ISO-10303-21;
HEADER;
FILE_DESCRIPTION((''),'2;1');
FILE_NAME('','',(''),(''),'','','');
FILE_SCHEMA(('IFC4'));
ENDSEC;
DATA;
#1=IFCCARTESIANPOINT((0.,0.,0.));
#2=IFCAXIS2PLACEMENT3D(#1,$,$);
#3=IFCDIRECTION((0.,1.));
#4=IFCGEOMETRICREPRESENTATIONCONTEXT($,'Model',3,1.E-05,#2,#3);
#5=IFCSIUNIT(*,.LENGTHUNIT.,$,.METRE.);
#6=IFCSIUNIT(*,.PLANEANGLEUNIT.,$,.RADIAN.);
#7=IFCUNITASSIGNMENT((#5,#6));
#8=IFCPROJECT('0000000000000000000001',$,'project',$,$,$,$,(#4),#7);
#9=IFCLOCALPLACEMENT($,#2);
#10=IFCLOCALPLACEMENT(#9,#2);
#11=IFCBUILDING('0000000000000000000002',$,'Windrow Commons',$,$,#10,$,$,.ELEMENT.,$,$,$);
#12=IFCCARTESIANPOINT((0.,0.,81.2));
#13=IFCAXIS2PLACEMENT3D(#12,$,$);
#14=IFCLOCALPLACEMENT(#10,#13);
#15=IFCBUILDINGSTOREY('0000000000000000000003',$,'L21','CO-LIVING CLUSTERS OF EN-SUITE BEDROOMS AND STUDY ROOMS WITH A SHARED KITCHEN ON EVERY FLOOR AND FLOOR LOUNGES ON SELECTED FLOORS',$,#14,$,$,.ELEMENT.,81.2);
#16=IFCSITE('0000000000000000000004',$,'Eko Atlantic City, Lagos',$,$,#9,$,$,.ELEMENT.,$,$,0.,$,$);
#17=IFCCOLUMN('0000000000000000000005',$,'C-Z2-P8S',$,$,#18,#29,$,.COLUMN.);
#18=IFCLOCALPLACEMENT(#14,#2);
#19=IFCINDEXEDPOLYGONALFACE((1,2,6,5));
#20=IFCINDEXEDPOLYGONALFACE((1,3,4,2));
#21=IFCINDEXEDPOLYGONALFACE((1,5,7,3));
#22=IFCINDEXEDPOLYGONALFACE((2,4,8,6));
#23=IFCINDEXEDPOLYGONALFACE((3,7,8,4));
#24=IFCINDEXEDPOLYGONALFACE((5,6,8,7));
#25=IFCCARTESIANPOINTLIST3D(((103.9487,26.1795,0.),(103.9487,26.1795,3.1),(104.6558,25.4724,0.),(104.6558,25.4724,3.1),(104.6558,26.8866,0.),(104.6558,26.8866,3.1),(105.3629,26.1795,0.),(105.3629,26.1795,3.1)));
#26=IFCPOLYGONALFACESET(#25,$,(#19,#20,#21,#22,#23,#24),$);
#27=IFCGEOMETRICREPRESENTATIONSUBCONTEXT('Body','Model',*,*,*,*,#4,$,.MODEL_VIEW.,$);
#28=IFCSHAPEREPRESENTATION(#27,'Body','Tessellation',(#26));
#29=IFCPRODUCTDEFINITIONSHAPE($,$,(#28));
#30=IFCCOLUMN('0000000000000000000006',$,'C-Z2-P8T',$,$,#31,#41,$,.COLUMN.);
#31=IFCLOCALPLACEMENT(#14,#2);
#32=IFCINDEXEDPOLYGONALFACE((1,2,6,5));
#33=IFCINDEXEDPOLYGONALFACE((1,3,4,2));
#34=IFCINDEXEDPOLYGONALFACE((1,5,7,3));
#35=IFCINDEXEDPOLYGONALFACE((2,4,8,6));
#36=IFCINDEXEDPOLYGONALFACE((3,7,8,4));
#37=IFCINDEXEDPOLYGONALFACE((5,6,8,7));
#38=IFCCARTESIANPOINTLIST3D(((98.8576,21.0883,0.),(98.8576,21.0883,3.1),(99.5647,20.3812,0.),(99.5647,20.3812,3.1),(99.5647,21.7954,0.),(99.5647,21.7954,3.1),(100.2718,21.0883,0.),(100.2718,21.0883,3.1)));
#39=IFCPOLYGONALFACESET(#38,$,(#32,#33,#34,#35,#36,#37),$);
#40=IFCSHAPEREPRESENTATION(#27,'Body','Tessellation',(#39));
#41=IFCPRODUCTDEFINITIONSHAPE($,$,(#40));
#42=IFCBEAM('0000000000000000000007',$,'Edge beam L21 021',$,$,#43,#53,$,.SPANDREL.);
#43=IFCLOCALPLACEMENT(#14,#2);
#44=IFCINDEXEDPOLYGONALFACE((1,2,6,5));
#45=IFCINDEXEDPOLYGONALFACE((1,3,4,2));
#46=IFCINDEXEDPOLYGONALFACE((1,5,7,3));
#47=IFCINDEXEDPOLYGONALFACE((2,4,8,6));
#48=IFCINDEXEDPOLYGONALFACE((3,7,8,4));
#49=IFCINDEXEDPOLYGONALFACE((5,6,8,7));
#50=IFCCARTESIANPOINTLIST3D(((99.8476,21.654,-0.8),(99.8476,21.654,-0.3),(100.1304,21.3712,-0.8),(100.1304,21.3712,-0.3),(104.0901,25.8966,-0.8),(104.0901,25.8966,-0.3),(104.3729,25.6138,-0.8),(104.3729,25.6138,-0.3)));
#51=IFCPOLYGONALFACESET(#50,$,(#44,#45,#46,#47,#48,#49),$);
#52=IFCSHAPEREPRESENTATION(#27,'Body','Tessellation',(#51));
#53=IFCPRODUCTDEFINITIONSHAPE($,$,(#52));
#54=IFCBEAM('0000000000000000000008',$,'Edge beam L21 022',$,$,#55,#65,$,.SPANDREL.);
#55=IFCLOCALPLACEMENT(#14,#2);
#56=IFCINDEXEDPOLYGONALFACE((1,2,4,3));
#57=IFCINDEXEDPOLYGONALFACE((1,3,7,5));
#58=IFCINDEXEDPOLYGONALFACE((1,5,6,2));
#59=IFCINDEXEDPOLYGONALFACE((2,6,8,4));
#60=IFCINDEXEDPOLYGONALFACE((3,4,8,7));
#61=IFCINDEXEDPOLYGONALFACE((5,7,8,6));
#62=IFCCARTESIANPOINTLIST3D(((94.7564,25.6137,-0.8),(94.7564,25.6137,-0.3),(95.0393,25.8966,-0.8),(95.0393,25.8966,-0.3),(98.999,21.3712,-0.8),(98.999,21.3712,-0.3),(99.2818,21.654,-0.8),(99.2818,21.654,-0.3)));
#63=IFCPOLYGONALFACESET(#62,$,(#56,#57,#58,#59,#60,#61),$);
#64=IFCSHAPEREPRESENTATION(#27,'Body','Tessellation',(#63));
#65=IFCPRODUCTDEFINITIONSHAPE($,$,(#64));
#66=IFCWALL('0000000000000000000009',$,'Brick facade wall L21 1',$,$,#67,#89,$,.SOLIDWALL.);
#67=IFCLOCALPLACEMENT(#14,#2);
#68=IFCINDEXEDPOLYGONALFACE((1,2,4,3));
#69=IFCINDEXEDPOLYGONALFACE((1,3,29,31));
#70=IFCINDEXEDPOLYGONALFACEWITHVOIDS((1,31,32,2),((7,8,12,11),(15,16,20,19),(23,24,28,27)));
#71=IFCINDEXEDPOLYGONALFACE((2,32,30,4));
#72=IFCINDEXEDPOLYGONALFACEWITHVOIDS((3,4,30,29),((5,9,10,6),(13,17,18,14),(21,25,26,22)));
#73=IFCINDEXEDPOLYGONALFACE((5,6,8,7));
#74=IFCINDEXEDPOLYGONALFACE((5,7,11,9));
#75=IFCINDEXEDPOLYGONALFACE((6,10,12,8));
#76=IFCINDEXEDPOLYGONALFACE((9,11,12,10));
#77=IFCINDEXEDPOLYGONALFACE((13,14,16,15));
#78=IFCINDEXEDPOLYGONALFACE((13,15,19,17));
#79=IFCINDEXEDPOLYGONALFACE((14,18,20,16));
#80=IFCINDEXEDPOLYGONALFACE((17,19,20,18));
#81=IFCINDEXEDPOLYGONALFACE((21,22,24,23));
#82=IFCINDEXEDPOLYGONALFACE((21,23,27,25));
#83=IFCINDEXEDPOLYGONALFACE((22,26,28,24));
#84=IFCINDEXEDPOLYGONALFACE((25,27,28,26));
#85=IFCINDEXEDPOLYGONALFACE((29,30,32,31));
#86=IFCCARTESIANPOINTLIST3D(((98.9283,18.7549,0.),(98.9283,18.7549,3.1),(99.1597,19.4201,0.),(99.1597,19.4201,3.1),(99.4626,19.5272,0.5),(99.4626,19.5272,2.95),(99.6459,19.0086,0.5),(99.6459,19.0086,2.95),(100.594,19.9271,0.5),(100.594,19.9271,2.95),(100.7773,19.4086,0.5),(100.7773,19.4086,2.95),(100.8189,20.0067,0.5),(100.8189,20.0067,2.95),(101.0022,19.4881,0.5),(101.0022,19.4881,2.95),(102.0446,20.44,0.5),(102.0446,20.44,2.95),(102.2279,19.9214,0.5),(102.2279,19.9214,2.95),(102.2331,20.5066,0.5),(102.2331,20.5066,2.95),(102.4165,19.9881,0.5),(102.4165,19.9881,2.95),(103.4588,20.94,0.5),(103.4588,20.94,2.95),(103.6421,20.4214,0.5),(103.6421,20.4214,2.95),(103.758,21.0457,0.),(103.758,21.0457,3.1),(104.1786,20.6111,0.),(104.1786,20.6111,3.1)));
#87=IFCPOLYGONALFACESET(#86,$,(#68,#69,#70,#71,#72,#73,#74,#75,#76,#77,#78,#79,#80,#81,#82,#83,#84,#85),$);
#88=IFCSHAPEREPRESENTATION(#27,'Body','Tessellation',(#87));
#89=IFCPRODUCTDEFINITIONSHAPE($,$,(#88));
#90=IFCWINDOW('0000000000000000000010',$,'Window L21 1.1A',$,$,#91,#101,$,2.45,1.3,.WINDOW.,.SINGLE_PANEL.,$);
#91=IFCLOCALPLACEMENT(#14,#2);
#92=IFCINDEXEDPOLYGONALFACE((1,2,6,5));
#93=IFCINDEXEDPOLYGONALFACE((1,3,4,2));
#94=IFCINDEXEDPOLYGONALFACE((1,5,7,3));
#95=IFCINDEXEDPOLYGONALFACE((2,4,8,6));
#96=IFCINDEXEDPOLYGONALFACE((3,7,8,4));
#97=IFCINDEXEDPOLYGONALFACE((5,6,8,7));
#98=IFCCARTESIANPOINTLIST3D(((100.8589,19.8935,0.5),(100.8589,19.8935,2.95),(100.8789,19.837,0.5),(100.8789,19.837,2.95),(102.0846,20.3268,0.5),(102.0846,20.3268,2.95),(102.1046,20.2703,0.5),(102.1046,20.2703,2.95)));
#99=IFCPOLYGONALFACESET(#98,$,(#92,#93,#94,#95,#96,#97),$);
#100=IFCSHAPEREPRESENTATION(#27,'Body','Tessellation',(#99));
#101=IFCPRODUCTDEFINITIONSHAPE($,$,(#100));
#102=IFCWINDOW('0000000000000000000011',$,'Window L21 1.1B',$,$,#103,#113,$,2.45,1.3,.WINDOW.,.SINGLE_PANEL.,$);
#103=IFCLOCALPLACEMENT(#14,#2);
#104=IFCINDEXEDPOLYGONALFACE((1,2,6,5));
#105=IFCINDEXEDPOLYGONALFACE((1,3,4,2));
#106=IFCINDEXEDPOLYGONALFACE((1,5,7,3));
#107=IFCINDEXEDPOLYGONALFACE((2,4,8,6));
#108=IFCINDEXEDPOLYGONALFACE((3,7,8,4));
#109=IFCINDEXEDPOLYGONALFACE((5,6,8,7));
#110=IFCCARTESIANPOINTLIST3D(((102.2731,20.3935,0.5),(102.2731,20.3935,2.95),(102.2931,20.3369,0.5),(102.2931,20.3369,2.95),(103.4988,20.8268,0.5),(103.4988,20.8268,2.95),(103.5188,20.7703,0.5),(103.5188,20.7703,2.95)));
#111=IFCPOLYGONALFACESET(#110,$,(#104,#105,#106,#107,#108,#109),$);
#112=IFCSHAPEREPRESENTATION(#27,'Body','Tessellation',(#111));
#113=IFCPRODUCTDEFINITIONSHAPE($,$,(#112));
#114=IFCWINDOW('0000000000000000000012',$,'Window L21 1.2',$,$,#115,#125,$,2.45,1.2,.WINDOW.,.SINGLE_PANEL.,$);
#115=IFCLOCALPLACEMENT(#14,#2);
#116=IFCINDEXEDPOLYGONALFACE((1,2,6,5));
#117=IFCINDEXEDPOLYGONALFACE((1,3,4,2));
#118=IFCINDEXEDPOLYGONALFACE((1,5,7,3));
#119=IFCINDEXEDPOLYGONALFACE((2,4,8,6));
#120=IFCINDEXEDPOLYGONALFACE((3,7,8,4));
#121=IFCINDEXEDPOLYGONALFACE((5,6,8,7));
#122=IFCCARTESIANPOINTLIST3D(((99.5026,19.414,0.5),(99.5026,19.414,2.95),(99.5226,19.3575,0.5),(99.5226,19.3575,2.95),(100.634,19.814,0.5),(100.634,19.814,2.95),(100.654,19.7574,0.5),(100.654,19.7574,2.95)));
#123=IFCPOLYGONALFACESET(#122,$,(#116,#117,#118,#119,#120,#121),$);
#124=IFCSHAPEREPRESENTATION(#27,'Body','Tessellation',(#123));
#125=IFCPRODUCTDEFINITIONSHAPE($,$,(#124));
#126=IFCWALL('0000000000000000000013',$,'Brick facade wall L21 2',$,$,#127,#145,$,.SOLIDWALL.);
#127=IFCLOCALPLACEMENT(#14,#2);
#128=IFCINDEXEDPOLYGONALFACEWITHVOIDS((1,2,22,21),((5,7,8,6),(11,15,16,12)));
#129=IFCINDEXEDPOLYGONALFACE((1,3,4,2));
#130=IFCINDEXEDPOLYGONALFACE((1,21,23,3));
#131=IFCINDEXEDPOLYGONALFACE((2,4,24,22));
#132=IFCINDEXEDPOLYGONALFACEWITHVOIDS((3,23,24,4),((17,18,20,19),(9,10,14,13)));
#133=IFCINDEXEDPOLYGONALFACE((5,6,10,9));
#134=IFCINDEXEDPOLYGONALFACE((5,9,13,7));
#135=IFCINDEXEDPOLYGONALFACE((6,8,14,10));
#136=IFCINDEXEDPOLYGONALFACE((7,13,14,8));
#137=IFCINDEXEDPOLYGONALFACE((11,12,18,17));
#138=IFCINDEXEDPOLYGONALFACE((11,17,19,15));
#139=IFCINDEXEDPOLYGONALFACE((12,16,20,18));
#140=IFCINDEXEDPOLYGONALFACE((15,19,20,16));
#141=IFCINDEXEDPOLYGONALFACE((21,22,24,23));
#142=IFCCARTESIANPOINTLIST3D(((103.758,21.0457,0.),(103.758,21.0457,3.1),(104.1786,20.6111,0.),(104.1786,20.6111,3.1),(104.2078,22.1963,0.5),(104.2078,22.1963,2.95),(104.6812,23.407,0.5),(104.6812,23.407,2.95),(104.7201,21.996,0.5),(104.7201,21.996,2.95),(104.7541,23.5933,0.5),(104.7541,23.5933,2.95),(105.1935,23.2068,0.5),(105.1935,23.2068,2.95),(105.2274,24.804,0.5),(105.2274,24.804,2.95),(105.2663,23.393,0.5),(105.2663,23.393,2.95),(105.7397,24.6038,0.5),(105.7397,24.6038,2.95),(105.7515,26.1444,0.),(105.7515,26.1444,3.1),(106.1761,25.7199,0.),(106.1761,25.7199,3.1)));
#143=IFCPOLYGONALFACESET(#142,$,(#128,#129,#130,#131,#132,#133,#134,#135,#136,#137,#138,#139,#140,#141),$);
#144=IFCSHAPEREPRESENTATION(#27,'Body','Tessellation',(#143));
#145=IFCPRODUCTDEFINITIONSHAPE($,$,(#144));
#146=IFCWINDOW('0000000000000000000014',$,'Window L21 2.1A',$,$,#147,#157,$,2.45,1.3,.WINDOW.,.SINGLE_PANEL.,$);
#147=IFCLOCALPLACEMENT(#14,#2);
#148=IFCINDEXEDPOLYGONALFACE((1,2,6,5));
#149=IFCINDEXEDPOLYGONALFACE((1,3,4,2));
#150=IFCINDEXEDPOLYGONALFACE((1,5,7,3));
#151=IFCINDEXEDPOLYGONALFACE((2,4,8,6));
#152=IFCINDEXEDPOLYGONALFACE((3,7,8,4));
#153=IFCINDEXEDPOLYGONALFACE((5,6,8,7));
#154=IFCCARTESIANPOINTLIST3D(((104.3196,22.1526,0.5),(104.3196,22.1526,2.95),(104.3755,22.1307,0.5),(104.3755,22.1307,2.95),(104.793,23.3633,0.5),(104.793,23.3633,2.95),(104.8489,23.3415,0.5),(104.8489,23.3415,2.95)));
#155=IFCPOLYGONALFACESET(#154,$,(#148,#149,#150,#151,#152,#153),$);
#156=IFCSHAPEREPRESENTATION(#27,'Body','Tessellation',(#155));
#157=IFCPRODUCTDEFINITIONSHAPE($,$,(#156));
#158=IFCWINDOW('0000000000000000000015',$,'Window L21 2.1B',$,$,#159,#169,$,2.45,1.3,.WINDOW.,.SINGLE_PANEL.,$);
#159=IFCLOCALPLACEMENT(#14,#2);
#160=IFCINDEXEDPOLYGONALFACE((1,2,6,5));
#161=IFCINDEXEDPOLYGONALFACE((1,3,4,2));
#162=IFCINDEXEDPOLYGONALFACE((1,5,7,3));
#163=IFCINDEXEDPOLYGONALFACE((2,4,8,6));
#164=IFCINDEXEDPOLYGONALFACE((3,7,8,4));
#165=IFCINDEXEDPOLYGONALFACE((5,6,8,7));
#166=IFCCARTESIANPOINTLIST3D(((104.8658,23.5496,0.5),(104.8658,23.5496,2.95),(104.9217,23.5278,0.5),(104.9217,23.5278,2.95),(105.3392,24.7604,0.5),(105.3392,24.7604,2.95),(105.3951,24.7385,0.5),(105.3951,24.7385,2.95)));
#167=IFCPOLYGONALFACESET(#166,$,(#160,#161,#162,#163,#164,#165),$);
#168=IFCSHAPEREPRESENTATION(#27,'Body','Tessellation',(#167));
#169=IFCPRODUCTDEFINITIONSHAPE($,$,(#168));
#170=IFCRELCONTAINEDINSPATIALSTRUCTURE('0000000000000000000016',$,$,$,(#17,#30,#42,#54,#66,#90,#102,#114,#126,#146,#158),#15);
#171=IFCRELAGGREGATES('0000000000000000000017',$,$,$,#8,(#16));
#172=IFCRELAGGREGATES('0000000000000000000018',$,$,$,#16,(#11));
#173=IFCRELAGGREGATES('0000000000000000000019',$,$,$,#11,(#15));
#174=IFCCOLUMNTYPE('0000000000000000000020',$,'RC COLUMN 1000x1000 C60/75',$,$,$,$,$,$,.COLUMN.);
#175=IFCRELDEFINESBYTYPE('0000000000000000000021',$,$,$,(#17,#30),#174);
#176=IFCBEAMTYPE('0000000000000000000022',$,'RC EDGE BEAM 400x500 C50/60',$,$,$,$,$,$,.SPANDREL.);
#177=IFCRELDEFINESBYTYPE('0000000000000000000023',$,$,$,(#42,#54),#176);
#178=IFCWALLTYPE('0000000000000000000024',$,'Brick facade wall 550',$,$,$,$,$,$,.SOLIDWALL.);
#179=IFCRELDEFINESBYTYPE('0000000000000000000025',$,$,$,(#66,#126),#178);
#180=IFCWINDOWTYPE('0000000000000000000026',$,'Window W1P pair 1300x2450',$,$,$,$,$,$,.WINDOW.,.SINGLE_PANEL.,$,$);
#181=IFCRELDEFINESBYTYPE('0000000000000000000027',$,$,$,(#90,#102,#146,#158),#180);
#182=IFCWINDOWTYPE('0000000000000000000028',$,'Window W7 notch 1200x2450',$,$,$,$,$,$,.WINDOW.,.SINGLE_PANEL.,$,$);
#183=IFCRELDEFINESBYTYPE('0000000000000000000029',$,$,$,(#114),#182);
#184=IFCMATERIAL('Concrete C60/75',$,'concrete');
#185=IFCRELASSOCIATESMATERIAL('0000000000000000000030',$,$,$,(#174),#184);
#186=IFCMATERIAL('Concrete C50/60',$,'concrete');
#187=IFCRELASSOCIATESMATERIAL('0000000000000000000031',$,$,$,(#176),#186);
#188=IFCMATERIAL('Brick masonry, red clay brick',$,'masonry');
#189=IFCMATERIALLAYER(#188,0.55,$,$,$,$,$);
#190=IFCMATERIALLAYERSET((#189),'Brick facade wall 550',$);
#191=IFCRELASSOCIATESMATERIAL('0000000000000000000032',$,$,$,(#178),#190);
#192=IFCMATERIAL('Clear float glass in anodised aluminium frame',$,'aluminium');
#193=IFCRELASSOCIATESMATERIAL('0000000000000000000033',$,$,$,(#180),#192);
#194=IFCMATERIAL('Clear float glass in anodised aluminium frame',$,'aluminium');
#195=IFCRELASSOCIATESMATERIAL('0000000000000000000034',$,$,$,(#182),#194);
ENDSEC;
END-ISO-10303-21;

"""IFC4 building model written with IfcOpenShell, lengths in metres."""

from ifc_helpers import new_model, si_unit, direction, frame, frame_2d, origin, origin_2d, place, context, subcontext, project, spatial, polyline, rectangle, outline, extrude, material, layer, layer_set, material_profile, profile_set, type_object, element, fill, save


model = new_model("IFC4")

# Units and contexts
model_context = context("Model", 3, precision=1e-05, world=origin(), true_north=direction((0.0, 1.0)))
body_context = subcontext(model_context, "Body", "Model", "MODEL_VIEW")
ifc_project = project(units=[si_unit("LENGTHUNIT", "METRE"), si_unit("PLANEANGLEUNIT", "RADIAN")], contexts=[model_context])

# Site, building, storey
site_placement = place(None, origin())
site = spatial("IfcSite", under=ifc_project, at=site_placement, Name="Eko Atlantic City, Lagos", CompositionType="ELEMENT", RefElevation=0.0)
building_placement = place(site_placement, origin())
building = spatial("IfcBuilding", under=site, at=building_placement, Name="Windrow Commons", CompositionType="ELEMENT")
storey_placement = place(building_placement, frame((0.0, 0.0, 81.2)))
storey = spatial("IfcBuildingStorey", under=building, at=storey_placement, Name="L21", Description="CO-LIVING CLUSTERS OF EN-SUITE BEDROOMS AND STUDY ROOMS WITH A SHARED KITCHEN ON EVERY FLOOR AND FLOOR LOUNGES ON SELECTED FLOORS", CompositionType="ELEMENT", Elevation=81.2)

# Columns
ifc_material_1 = material(Name="Concrete C60/75", Category="concrete")
ifc_material_profile_1 = material_profile(ifc_material_1, rectangle(XDim=1.0, YDim=1.0, at=origin_2d()))
ifc_profile_set_1 = profile_set([ifc_material_profile_1], Name="Concrete C60/75")
column_type = type_object("IfcColumnType", Name="RC COLUMN 1000x1000 C60/75", PredefinedType="COLUMN", material=ifc_profile_set_1)
for number, where, z_axis, x_axis, name in (
    (1, (104.6558, 26.1795, 0.0), (0.0, 0.0, 1.0), (0.707107, -0.707107, 0.0), "C-Z2-P8S"),
    (2, (99.5647, 21.0883, 0.0), (0.0, 0.0, 1.0), (0.707107, -0.707107, 0.0), "C-Z2-P8T"),
):
    element("IfcColumn", number, at=place(storey_placement, frame(where, z_axis=z_axis, x_axis=x_axis)), inside=storey, type_object=column_type, Name=name, PredefinedType="COLUMN", context=body_context, shape_type="SweptSolid", body=[
        extrude(rectangle(XDim=1.0, YDim=1.0, at=origin_2d()), origin(), (0.0, 0.0, 1.0), 3.1),
    ])

# Beams
ifc_material_2 = material(Name="Concrete C50/60", Category="concrete")
ifc_material_profile_2 = material_profile(ifc_material_2, rectangle(XDim=0.4, YDim=0.5, at=origin_2d()))
ifc_profile_set_2 = profile_set([ifc_material_profile_2], Name="Concrete C50/60")
beam_type = type_object("IfcBeamType", Name="RC EDGE BEAM 400x500 C50/60", PredefinedType="SPANDREL", material=ifc_profile_set_2)
for number, where, z_axis, x_axis, name in (
    (3, (104.2315, 25.7552, -0.55), (-0.707098, -0.707115, 0.0), (0.707115, -0.707098, 0.0), "Edge beam L21 021"),
    (4, (99.1404, 21.5126, -0.55), (-0.707107, 0.707107, 0.0), (-0.707107, -0.707107, 0.0), "Edge beam L21 022"),
):
    element("IfcBeam", number, at=place(storey_placement, frame(where, z_axis=z_axis, x_axis=x_axis)), inside=storey, type_object=beam_type, Name=name, PredefinedType="SPANDREL", context=body_context, shape_type="SweptSolid", body=[
        extrude(rectangle(XDim=0.4, YDim=0.5, at=origin_2d()), origin(), (0.0, 0.0, 1.0), 5.9999),
    ])

# Walls, openings, windows
ifc_material_3 = material(Name="Brick masonry, red clay brick", Category="masonry")
ifc_layer_1 = layer(ifc_material_3, 0.55)
ifc_layer_set_1 = layer_set([ifc_layer_1], Name="Brick facade wall 550")
wall_type_1 = type_object("IfcWallType", Name="Brick facade wall 550", PredefinedType="SOLIDWALL", material=ifc_layer_set_1)
wall_1_placement = place(storey_placement, frame((99.044, 19.0875, 0.0), z_axis=(0.0, 0.0, 1.0), x_axis=(0.942815, 0.333316, 0.0)))
wall_1 = element("IfcWall", 5, at=wall_1_placement, inside=storey, type_object=wall_type_1, Name="Brick facade wall L21 1", PredefinedType="SOLIDWALL", context=body_context, shape_type="SweptSolid", body=[
    extrude(outline(polyline([(-0.2199, -0.275), (5.3488, -0.275), (5.0971, 0.275), (0.2199, 0.275), (-0.2199, -0.275)])), origin(), (0.0, 0.0, 1.0), 3.1),
])
opening_1_placement = place(wall_1_placement, frame((1.9798, 0.0, 0.5)))
opening_1 = element("IfcOpeningElement", 6, at=opening_1_placement, cuts=wall_1, PredefinedType="OPENING", context=body_context, shape_type="SweptSolid", body=[
    extrude(rectangle(XDim=1.3, YDim=2.45, at=frame_2d((0.65, 1.225))), frame((0.0, 0.285, 0.0), z_axis=(0.0, -1.0, 0.0), x_axis=(1.0, 0.0, 0.0)), (0.0, 0.0, 1.0), 0.57),
])
opening_2_placement = place(wall_1_placement, frame((3.4798, 0.0, 0.5)))
opening_2 = element("IfcOpeningElement", 7, at=opening_2_placement, cuts=wall_1, PredefinedType="OPENING", context=body_context, shape_type="SweptSolid", body=[
    extrude(rectangle(XDim=1.3, YDim=2.45, at=frame_2d((0.65, 1.225))), frame((0.0, 0.285, 0.0), z_axis=(0.0, -1.0, 0.0), x_axis=(1.0, 0.0, 0.0)), (0.0, 0.0, 1.0), 0.57),
])
opening_3_placement = place(wall_1_placement, frame((0.5412, 0.0, 0.5)))
opening_3 = element("IfcOpeningElement", 8, at=opening_3_placement, cuts=wall_1, PredefinedType="OPENING", context=body_context, shape_type="SweptSolid", body=[
    extrude(rectangle(XDim=1.2, YDim=2.45, at=frame_2d((0.6, 1.225))), frame((0.0, 0.285, 0.0), z_axis=(0.0, -1.0, 0.0), x_axis=(1.0, 0.0, 0.0)), (0.0, 0.0, 1.0), 0.57),
])
ifc_material_4 = material(Name="Clear float glass in anodised aluminium frame", Category="aluminium")
window_type_1 = type_object("IfcWindowType", Name="Window W1P pair 1300x2450", PartitioningType="SINGLE_PANEL", PredefinedType="WINDOW", material=ifc_material_4)
window_1_placement = place(opening_1_placement, origin())
window_1 = element("IfcWindow", 9, at=window_1_placement, inside=storey, type_object=window_type_1, Name="Window L21 1.1A", OverallHeight=2.45, OverallWidth=1.3, PartitioningType="SINGLE_PANEL", PredefinedType="WINDOW", context=body_context, shape_type="SweptSolid", body=[
    extrude(rectangle(XDim=1.3, YDim=2.45, at=frame_2d((0.65, 1.225))), frame((0.0, 0.155, 0.0), z_axis=(0.0, -1.0, 0.0), x_axis=(1.0, 0.0, 0.0)), (0.0, 0.0, 1.0), 0.06),
])
fill(opening_1, window_1)
window_2_placement = place(opening_2_placement, origin())
window_2 = element("IfcWindow", 10, at=window_2_placement, inside=storey, type_object=window_type_1, Name="Window L21 1.1B", OverallHeight=2.45, OverallWidth=1.3, PartitioningType="SINGLE_PANEL", PredefinedType="WINDOW", context=body_context, shape_type="SweptSolid", body=[
    extrude(rectangle(XDim=1.3, YDim=2.45, at=frame_2d((0.65, 1.225))), frame((0.0, 0.155, 0.0), z_axis=(0.0, -1.0, 0.0), x_axis=(1.0, 0.0, 0.0)), (0.0, 0.0, 1.0), 0.06),
])
fill(opening_2, window_2)
ifc_material_5 = material(Name="Clear float glass in anodised aluminium frame", Category="aluminium")
window_type_2 = type_object("IfcWindowType", Name="Window W7 notch 1200x2450", PartitioningType="SINGLE_PANEL", PredefinedType="WINDOW", material=ifc_material_5)
window_3_placement = place(opening_3_placement, origin())
window_3 = element("IfcWindow", 11, at=window_3_placement, inside=storey, type_object=window_type_2, Name="Window L21 1.2", OverallHeight=2.45, OverallWidth=1.2, PartitioningType="SINGLE_PANEL", PredefinedType="WINDOW", context=body_context, shape_type="SweptSolid", body=[
    extrude(rectangle(XDim=1.2, YDim=2.45, at=frame_2d((0.6, 1.225))), frame((0.0, 0.155, 0.0), z_axis=(0.0, -1.0, 0.0), x_axis=(1.0, 0.0, 0.0)), (0.0, 0.0, 1.0), 0.06),
])
fill(opening_3, window_3)
wall_2_placement = place(storey_placement, frame((103.9683, 20.8284, 0.0), z_axis=(0.0, 0.0, 1.0), x_axis=(0.36414, 0.931344, 0.0)))
wall_2 = element("IfcWall", 12, at=wall_2_placement, inside=storey, type_object=wall_type_1, Name="Brick facade wall L21 2", PredefinedType="SOLIDWALL", context=body_context, shape_type="SweptSolid", body=[
    extrude(outline(polyline([(-0.1258, -0.275), (5.3596, -0.275), (5.6004, 0.275), (0.1258, 0.275), (-0.1258, -0.275)])), origin(), (0.0, 0.0, 1.0), 3.1),
])
opening_4_placement = place(wall_2_placement, frame((1.3612, 0.0, 0.5)))
opening_4 = element("IfcOpeningElement", 13, at=opening_4_placement, cuts=wall_2, PredefinedType="OPENING", context=body_context, shape_type="SweptSolid", body=[
    extrude(rectangle(XDim=1.3, YDim=2.45, at=frame_2d((0.65, 1.225))), frame((0.0, 0.285, 0.0), z_axis=(0.0, -1.0, 0.0), x_axis=(1.0, 0.0, 0.0)), (0.0, 0.0, 1.0), 0.57),
])
opening_5_placement = place(wall_2_placement, frame((2.8612, 0.0, 0.5)))
opening_5 = element("IfcOpeningElement", 14, at=opening_5_placement, cuts=wall_2, PredefinedType="OPENING", context=body_context, shape_type="SweptSolid", body=[
    extrude(rectangle(XDim=1.3, YDim=2.45, at=frame_2d((0.65, 1.225))), frame((0.0, 0.285, 0.0), z_axis=(0.0, -1.0, 0.0), x_axis=(1.0, 0.0, 0.0)), (0.0, 0.0, 1.0), 0.57),
])
window_4_placement = place(opening_4_placement, origin())
window_4 = element("IfcWindow", 15, at=window_4_placement, inside=storey, type_object=window_type_1, Name="Window L21 2.1A", OverallHeight=2.45, OverallWidth=1.3, PartitioningType="SINGLE_PANEL", PredefinedType="WINDOW", context=body_context, shape_type="SweptSolid", body=[
    extrude(rectangle(XDim=1.3, YDim=2.45, at=frame_2d((0.65, 1.225))), frame((0.0, 0.155, 0.0), z_axis=(0.0, -1.0, 0.0), x_axis=(1.0, 0.0, 0.0)), (0.0, 0.0, 1.0), 0.06),
])
fill(opening_4, window_4)
window_5_placement = place(opening_5_placement, origin())
window_5 = element("IfcWindow", 16, at=window_5_placement, inside=storey, type_object=window_type_1, Name="Window L21 2.1B", OverallHeight=2.45, OverallWidth=1.3, PartitioningType="SINGLE_PANEL", PredefinedType="WINDOW", context=body_context, shape_type="SweptSolid", body=[
    extrude(rectangle(XDim=1.3, YDim=2.45, at=frame_2d((0.65, 1.225))), frame((0.0, 0.155, 0.0), z_axis=(0.0, -1.0, 0.0), x_axis=(1.0, 0.0, 0.0)), (0.0, 0.0, 1.0), 0.06),
])
fill(opening_5, window_5)

save(model, "model.ifc")
